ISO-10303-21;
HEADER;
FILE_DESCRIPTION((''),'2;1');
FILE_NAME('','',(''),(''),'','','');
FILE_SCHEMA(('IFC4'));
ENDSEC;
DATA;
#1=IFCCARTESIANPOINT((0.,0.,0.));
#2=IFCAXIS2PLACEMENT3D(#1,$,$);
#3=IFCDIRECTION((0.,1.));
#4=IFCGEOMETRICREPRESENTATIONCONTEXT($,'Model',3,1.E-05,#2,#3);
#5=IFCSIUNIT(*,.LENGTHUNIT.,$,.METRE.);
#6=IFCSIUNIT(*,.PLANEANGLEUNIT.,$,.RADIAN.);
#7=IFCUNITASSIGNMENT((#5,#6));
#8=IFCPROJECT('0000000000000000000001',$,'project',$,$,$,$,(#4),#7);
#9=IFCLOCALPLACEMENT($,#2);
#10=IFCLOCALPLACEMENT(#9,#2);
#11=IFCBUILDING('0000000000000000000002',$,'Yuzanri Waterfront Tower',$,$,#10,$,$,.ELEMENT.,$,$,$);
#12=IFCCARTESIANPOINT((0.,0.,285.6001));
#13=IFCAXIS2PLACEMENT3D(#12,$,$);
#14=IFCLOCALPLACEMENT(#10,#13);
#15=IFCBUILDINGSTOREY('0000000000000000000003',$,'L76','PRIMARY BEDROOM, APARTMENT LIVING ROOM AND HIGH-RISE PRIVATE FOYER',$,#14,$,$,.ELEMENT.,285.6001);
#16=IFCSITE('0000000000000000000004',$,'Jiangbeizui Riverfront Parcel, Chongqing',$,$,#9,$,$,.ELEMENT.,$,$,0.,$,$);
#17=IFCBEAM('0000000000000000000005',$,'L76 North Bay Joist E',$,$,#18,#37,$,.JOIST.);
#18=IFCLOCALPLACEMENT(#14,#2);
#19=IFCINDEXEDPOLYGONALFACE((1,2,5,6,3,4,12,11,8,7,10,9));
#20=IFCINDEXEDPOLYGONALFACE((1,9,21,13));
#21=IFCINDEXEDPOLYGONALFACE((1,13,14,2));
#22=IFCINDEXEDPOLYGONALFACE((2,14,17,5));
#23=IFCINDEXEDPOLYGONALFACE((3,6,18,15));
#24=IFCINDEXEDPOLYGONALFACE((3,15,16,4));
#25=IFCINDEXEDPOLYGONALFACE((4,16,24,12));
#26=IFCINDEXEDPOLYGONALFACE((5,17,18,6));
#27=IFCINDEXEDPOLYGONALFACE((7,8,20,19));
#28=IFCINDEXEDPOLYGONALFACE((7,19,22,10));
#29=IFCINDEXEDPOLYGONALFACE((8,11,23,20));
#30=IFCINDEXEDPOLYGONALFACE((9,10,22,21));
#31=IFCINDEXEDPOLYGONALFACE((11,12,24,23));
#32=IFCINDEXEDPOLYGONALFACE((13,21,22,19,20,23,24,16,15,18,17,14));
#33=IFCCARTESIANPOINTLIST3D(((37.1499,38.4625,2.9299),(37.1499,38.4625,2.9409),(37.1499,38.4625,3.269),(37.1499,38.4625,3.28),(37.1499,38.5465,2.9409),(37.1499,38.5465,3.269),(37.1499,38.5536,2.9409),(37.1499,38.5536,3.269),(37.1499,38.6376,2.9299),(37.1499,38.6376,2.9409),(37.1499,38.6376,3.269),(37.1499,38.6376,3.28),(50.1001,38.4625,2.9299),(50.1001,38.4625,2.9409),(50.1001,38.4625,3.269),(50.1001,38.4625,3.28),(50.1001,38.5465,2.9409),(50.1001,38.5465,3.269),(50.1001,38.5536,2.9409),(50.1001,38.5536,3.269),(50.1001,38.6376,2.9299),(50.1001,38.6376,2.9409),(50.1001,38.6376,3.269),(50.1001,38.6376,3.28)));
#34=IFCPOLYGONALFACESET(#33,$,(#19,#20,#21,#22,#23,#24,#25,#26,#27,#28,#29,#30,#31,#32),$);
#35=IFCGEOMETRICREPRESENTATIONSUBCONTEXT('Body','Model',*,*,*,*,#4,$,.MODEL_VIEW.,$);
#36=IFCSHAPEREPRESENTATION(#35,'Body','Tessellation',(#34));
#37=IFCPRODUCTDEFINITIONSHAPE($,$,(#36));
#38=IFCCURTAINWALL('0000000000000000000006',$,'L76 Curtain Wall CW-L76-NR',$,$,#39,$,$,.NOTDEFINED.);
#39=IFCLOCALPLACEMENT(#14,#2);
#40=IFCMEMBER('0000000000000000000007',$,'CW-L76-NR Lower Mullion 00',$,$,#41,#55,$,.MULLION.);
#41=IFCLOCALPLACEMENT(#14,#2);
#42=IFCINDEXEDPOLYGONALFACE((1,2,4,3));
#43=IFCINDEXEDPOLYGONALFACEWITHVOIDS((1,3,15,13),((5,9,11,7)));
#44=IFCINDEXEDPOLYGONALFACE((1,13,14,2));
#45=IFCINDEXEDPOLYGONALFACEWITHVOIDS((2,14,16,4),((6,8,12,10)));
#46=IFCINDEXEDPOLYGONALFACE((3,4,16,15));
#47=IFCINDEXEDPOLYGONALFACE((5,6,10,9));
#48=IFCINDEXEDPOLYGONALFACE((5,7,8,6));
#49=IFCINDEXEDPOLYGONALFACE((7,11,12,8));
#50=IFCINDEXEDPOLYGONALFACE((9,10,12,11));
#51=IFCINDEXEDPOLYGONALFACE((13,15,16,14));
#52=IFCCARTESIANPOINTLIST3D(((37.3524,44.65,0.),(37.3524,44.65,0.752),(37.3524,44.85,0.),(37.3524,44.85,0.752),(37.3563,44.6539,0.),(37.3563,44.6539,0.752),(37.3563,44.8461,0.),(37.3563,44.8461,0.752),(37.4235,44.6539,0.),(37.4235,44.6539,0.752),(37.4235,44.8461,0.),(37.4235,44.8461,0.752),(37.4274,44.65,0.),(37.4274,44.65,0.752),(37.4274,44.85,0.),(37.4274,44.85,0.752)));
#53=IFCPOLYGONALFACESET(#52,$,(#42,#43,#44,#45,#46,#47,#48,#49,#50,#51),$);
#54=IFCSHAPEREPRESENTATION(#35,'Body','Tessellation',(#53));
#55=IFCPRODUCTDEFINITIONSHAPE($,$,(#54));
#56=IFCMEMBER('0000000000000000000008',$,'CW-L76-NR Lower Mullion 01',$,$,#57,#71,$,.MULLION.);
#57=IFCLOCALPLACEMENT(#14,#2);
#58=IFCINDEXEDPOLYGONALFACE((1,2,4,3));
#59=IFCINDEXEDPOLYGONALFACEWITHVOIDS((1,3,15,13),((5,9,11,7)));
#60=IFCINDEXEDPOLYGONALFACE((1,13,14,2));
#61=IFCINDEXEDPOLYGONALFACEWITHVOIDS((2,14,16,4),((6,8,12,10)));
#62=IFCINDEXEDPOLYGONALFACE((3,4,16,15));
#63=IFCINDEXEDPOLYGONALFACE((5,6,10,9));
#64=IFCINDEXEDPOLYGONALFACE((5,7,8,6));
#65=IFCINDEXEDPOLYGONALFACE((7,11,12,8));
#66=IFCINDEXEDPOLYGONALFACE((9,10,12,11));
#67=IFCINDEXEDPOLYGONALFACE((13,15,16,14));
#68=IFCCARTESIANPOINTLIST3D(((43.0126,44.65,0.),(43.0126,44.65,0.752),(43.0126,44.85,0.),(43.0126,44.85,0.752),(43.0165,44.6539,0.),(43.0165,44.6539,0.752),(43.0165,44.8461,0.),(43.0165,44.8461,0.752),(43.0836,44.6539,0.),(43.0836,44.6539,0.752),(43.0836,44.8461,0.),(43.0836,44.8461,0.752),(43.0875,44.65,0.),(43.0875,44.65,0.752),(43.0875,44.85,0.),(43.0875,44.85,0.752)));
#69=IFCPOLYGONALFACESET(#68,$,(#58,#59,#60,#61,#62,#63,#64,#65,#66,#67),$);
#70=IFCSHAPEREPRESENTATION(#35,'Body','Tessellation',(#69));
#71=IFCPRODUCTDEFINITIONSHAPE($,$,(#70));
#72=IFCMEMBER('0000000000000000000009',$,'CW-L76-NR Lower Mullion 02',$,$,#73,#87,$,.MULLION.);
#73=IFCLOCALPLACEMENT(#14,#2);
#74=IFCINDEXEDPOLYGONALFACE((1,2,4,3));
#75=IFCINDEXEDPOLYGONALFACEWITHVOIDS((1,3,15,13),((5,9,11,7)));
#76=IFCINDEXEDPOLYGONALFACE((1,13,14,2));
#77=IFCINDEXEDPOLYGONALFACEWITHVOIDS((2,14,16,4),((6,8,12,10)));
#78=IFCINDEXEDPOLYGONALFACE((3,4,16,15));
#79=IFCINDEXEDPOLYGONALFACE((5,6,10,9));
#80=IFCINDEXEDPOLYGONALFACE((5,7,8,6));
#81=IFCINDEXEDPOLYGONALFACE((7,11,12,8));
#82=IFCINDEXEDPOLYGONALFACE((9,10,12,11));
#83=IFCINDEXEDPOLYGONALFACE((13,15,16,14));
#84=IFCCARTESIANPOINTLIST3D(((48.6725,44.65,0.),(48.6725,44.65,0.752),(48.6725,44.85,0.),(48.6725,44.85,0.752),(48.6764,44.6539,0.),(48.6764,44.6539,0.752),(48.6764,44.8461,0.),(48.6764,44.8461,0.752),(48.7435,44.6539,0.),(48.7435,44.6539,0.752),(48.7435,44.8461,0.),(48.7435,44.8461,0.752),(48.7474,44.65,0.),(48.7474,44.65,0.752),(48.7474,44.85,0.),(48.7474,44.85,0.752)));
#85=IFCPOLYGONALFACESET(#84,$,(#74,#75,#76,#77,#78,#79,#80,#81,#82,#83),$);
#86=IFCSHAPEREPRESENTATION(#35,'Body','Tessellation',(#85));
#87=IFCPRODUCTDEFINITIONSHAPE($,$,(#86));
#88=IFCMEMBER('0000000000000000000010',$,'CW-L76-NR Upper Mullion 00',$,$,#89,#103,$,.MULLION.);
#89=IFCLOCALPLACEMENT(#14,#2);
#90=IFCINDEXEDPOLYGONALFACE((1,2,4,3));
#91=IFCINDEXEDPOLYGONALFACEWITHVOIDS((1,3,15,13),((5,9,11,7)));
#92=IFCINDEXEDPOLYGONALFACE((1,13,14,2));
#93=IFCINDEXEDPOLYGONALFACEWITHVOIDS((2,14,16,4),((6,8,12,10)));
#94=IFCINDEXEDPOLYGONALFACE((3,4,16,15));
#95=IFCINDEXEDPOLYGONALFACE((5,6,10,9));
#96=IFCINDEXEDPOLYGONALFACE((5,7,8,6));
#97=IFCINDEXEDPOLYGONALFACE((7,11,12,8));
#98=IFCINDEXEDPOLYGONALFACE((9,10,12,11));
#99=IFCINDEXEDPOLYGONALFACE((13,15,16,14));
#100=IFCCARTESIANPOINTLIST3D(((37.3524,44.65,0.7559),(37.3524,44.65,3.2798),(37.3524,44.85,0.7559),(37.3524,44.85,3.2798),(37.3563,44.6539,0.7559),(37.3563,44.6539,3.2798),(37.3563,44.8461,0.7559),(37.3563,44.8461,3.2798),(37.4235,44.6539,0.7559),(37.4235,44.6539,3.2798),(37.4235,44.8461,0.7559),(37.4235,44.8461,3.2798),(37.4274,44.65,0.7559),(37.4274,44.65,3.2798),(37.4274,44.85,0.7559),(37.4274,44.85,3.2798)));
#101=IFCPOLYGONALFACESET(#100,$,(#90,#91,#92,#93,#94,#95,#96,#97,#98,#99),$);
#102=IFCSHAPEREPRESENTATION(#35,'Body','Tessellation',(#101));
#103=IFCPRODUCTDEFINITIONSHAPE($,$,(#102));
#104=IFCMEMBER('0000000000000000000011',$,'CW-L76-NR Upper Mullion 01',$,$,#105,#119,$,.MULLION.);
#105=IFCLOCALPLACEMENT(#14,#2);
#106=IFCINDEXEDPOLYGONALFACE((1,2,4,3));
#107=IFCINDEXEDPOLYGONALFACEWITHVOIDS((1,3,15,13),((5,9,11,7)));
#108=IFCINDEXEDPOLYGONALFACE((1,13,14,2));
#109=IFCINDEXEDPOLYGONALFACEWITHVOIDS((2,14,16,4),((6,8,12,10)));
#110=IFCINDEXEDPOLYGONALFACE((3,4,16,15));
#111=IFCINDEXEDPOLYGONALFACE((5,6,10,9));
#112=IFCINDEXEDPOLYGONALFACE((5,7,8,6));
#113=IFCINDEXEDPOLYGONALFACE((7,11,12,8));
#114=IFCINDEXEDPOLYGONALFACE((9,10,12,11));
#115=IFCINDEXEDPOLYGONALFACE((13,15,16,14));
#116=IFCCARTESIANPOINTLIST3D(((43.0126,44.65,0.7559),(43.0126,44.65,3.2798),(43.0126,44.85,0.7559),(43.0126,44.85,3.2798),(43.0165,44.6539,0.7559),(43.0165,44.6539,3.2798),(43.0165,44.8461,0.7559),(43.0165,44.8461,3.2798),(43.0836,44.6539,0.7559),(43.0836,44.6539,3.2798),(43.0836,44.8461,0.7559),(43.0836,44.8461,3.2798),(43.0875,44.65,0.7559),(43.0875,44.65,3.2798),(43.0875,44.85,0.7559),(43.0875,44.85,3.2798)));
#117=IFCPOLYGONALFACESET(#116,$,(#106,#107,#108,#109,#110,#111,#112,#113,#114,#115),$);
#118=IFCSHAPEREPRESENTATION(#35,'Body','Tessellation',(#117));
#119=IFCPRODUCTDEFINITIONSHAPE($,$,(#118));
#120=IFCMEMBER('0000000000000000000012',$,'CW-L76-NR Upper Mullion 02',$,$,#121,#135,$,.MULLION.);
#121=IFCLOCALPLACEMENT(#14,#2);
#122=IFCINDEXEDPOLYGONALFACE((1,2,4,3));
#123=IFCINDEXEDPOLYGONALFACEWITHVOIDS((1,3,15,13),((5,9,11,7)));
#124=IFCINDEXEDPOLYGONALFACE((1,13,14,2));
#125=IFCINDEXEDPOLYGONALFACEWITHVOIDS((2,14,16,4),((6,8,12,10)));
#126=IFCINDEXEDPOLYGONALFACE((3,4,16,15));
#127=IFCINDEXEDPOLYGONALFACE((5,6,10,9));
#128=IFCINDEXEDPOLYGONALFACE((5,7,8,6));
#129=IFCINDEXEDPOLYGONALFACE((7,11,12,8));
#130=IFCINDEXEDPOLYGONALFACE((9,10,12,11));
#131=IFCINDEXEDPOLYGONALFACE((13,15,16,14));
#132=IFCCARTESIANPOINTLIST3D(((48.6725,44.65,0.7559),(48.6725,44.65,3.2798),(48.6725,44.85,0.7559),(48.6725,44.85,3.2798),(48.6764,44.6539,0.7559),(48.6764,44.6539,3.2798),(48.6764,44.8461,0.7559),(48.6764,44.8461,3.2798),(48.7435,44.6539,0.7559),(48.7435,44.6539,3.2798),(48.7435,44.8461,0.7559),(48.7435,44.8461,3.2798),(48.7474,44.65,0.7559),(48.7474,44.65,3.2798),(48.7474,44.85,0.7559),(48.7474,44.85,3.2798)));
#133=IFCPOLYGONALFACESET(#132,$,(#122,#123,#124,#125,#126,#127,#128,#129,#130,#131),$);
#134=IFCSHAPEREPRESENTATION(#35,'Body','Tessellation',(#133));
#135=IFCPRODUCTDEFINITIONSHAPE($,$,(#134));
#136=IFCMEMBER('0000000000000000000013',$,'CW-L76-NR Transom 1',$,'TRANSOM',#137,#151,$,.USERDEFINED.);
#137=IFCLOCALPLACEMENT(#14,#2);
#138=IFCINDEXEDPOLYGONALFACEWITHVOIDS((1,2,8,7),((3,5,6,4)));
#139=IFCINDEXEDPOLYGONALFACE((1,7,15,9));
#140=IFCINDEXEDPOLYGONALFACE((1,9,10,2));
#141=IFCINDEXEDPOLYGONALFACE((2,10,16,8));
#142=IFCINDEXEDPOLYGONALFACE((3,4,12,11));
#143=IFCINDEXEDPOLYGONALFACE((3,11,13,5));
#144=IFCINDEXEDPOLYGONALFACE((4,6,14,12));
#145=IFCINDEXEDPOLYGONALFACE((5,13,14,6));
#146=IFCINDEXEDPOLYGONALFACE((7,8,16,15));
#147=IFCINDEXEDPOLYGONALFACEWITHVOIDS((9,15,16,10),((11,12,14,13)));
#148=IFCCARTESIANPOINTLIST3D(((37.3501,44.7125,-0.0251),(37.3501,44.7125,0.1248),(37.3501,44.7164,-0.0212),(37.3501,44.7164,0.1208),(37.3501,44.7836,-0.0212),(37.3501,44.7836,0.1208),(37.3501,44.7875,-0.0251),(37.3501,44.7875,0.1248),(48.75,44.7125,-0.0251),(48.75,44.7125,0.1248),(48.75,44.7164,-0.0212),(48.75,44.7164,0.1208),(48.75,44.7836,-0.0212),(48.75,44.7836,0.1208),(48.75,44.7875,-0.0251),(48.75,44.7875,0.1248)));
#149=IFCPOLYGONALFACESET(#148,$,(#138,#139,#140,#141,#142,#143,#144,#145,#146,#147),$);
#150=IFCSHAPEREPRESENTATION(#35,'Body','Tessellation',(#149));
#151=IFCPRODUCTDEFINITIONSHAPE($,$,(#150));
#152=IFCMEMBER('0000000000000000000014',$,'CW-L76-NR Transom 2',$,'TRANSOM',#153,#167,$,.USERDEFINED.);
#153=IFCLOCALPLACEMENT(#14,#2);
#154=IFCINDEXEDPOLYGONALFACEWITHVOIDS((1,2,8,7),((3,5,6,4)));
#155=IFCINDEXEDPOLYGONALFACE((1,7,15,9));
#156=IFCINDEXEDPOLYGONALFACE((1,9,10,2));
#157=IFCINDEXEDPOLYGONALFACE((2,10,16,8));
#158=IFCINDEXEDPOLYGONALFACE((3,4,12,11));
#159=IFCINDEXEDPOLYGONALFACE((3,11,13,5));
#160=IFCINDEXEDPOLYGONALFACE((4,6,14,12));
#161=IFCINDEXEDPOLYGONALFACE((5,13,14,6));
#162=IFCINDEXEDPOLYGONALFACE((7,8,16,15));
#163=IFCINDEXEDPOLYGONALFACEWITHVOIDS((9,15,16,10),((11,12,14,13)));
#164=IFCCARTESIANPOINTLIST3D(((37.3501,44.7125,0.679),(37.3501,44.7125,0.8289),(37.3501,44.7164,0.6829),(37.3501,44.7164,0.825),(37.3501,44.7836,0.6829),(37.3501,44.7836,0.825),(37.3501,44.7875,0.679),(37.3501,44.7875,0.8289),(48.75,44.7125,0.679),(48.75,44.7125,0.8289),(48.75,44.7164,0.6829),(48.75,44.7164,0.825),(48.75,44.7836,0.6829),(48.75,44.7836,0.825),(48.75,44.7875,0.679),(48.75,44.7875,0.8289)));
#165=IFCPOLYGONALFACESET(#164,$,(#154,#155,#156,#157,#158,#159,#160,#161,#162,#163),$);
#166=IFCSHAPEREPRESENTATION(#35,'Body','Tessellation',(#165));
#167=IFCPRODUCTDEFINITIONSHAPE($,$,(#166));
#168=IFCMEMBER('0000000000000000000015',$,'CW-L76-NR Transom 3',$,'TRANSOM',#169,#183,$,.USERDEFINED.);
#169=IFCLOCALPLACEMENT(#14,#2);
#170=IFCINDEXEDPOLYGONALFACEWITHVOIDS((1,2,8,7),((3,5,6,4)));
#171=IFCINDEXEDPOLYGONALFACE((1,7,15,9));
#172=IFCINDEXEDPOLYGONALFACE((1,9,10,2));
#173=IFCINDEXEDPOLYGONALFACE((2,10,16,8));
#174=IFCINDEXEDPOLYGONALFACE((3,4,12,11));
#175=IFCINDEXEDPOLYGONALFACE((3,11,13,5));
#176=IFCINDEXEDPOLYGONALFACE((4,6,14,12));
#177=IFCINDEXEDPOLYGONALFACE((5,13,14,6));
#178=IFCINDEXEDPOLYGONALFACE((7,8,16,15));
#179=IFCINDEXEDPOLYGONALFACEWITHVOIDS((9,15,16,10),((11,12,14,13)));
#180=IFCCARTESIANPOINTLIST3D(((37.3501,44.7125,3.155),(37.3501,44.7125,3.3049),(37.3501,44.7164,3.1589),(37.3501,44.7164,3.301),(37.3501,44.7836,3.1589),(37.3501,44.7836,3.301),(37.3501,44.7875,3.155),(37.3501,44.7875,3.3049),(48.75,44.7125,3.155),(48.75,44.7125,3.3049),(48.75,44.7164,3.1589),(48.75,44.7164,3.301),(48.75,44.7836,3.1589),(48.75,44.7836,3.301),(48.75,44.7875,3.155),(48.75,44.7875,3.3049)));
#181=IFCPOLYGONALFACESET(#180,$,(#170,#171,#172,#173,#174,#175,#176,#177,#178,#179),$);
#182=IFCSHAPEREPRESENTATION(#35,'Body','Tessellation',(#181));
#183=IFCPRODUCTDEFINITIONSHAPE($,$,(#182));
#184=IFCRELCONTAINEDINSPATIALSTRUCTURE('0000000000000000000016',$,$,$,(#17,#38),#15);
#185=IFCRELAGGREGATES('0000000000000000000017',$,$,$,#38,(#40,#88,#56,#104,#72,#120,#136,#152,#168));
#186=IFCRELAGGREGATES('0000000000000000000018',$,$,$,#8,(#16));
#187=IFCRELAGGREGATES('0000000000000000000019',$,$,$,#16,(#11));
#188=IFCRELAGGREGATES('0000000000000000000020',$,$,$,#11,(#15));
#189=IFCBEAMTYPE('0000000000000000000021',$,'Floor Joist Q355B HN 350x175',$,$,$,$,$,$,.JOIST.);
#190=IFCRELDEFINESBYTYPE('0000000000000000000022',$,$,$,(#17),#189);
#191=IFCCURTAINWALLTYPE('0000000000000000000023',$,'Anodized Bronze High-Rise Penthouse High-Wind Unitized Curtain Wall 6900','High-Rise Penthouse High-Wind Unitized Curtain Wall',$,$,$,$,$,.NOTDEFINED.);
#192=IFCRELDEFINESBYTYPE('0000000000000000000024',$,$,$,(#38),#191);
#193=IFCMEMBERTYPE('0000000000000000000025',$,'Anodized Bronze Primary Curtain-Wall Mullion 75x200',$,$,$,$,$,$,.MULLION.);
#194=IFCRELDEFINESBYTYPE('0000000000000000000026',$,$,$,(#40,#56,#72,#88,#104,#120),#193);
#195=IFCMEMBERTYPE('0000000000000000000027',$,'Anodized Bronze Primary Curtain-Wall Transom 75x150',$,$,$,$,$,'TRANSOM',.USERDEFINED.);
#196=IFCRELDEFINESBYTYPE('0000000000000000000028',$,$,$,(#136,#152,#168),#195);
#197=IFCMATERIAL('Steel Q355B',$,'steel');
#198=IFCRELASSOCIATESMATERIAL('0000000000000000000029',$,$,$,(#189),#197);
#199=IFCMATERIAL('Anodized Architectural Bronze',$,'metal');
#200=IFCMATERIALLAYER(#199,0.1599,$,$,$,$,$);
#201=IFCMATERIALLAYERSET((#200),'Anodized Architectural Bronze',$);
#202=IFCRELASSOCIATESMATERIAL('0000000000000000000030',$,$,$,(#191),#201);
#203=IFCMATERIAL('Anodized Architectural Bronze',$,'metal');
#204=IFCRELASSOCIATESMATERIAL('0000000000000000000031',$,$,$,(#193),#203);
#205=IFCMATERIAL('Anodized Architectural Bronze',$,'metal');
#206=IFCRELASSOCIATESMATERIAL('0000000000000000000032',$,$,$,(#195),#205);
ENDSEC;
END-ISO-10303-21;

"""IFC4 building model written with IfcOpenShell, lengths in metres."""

from ifc_helpers import new_model, si_unit, direction, frame, origin, origin_2d, place, context, subcontext, project, spatial, hollow_rectangle, i_section, extrude, source, transform, mapped, material, layer, layer_set, material_profile, profile_set, type_object, element, aggregate, save


model = new_model("IFC4")

# Units and contexts
model_context = context("Model", 3, precision=1e-05, world=origin(), true_north=direction((0.0, 1.0)))
body_context = subcontext(model_context, "Body", "Model", "MODEL_VIEW")
ifc_project = project(units=[si_unit("LENGTHUNIT", "METRE"), si_unit("PLANEANGLEUNIT", "RADIAN")], contexts=[model_context])

# Site, building, storey
site_placement = place(None, origin())
site = spatial("IfcSite", under=ifc_project, at=site_placement, Name="Jiangbeizui Riverfront Parcel, Chongqing", CompositionType="ELEMENT", RefElevation=0.0)
building_placement = place(site_placement, origin())
building = spatial("IfcBuilding", under=site, at=building_placement, Name="Yuzanri Waterfront Tower", CompositionType="ELEMENT")
storey_placement = place(building_placement, frame((0.0, 0.0, 285.6001)))
storey = spatial("IfcBuildingStorey", under=building, at=storey_placement, Name="L76", Description="PRIMARY BEDROOM, APARTMENT LIVING ROOM AND HIGH-RISE PRIVATE FOYER", CompositionType="ELEMENT", Elevation=285.6001)

# Beam
ifc_material_1 = material(Name="Steel Q355B", Category="steel")
ifc_material_profile_1 = material_profile(ifc_material_1, i_section(OverallWidth=0.175, OverallDepth=0.3501, WebThickness=0.0071, FlangeThickness=0.011, at=origin_2d()), Name="HN 350x175x7x11")
ifc_profile_set_1 = profile_set([ifc_material_profile_1], Name="Steel Q355B")
beam_type = type_object("IfcBeamType", Name="Floor Joist Q355B HN 350x175", PredefinedType="JOIST", material=ifc_profile_set_1)
shared_shape_1 = source(origin(), body_context, "Body", "SweptSolid", [
    extrude(i_section(OverallWidth=0.175, OverallDepth=0.3501, WebThickness=0.0071, FlangeThickness=0.011, at=origin_2d()), origin(), (0.0, 0.0, 1.0), 12.9502),
])
beam_placement = place(storey_placement, frame((37.1499, 38.55, 3.105), z_axis=(1.0, 0.0, 0.0), x_axis=(0.0, 1.0, 0.0)))
element("IfcBeam", 1, at=beam_placement, inside=storey, type_object=beam_type, Name="L76 North Bay Joist E", PredefinedType="JOIST", context=body_context, shape_type="MappedRepresentation", body=[
    mapped(shared_shape_1, transform((0.0, 0.0, 0.0), scale=1.0)),
])

# Curtain wall, members
ifc_material_2 = material(Name="Anodized Architectural Bronze", Category="metal")
ifc_layer_1 = layer(ifc_material_2, 0.1599)
ifc_layer_set_1 = layer_set([ifc_layer_1], Name="Anodized Architectural Bronze")
curtain_wall_type = type_object("IfcCurtainWallType", Name="Anodized Bronze High-Rise Penthouse High-Wind Unitized Curtain Wall 6900", Description="High-Rise Penthouse High-Wind Unitized Curtain Wall", PredefinedType="NOTDEFINED", material=ifc_layer_set_1)
curtain_wall_placement = place(storey_placement, origin())
curtain_wall = element("IfcCurtainWall", 2, at=curtain_wall_placement, inside=storey, type_object=curtain_wall_type, Name="L76 Curtain Wall CW-L76-NR", PredefinedType="NOTDEFINED")
ifc_material_3 = material(Name="Anodized Architectural Bronze", Category="metal")
ifc_material_profile_2 = material_profile(ifc_material_3, hollow_rectangle(XDim=0.075, YDim=0.2, WallThickness=0.0039, at=origin_2d()), Name="CWM 75x200")
ifc_profile_set_2 = profile_set([ifc_material_profile_2], Name="Anodized Architectural Bronze")
member_type_1 = type_object("IfcMemberType", Name="Anodized Bronze Primary Curtain-Wall Mullion 75x200", PredefinedType="MULLION", material=ifc_profile_set_2)
shared_shape_2 = source(origin(), body_context, "Body", "SweptSolid", [
    extrude(hollow_rectangle(XDim=0.075, YDim=0.2, WallThickness=0.0039, at=origin_2d()), origin(), (0.0, 0.0, 1.0), 0.752),
])
member_1_placement = place(storey_placement, frame((37.3899, 44.75, 0.0), z_axis=(0.0, 0.0, 1.0), x_axis=(1.0, 0.0, 0.0)))
member_1 = element("IfcMember", 3, at=member_1_placement, type_object=member_type_1, Name="CW-L76-NR Lower Mullion 00", PredefinedType="MULLION", context=body_context, shape_type="MappedRepresentation", body=[
    mapped(shared_shape_2, transform((0.0, 0.0, 0.0), scale=1.0)),
])
member_2_placement = place(storey_placement, frame((43.05, 44.75, 0.0), z_axis=(0.0, 0.0, 1.0), x_axis=(1.0, 0.0, 0.0)))
member_2 = element("IfcMember", 4, at=member_2_placement, type_object=member_type_1, Name="CW-L76-NR Lower Mullion 01", PredefinedType="MULLION", context=body_context, shape_type="MappedRepresentation", body=[
    mapped(shared_shape_2, transform((0.0, 0.0, 0.0), scale=1.0)),
])
member_3_placement = place(storey_placement, frame((48.71, 44.75, 0.0), z_axis=(0.0, 0.0, 1.0), x_axis=(1.0, 0.0, 0.0)))
member_3 = element("IfcMember", 5, at=member_3_placement, type_object=member_type_1, Name="CW-L76-NR Lower Mullion 02", PredefinedType="MULLION", context=body_context, shape_type="MappedRepresentation", body=[
    mapped(shared_shape_2, transform((0.0, 0.0, 0.0), scale=1.0)),
])
shared_shape_3 = source(origin(), body_context, "Body", "SweptSolid", [
    extrude(hollow_rectangle(XDim=0.075, YDim=0.2, WallThickness=0.0039, at=origin_2d()), origin(), (0.0, 0.0, 1.0), 2.5239),
])
member_4_placement = place(storey_placement, frame((37.3899, 44.75, 0.7559), z_axis=(0.0, 0.0, 1.0), x_axis=(1.0, 0.0, 0.0)))
member_4 = element("IfcMember", 6, at=member_4_placement, type_object=member_type_1, Name="CW-L76-NR Upper Mullion 00", PredefinedType="MULLION", context=body_context, shape_type="MappedRepresentation", body=[
    mapped(shared_shape_3, transform((0.0, 0.0, 0.0), scale=1.0)),
])
member_5_placement = place(storey_placement, frame((43.05, 44.75, 0.7559), z_axis=(0.0, 0.0, 1.0), x_axis=(1.0, 0.0, 0.0)))
member_5 = element("IfcMember", 7, at=member_5_placement, type_object=member_type_1, Name="CW-L76-NR Upper Mullion 01", PredefinedType="MULLION", context=body_context, shape_type="MappedRepresentation", body=[
    mapped(shared_shape_3, transform((0.0, 0.0, 0.0), scale=1.0)),
])
member_6_placement = place(storey_placement, frame((48.71, 44.75, 0.7559), z_axis=(0.0, 0.0, 1.0), x_axis=(1.0, 0.0, 0.0)))
member_6 = element("IfcMember", 8, at=member_6_placement, type_object=member_type_1, Name="CW-L76-NR Upper Mullion 02", PredefinedType="MULLION", context=body_context, shape_type="MappedRepresentation", body=[
    mapped(shared_shape_3, transform((0.0, 0.0, 0.0), scale=1.0)),
])
ifc_material_4 = material(Name="Anodized Architectural Bronze", Category="metal")
ifc_material_profile_3 = material_profile(ifc_material_4, hollow_rectangle(XDim=0.075, YDim=0.1499, WallThickness=0.0039, at=origin_2d()), Name="CWT 75x150")
ifc_profile_set_3 = profile_set([ifc_material_profile_3], Name="Anodized Architectural Bronze")
member_type_2 = type_object("IfcMemberType", Name="Anodized Bronze Primary Curtain-Wall Transom 75x150", ElementType="TRANSOM", PredefinedType="USERDEFINED", material=ifc_profile_set_3)
shared_shape_4 = source(origin(), body_context, "Body", "SweptSolid", [
    extrude(hollow_rectangle(XDim=0.075, YDim=0.1499, WallThickness=0.0039, at=origin_2d()), origin(), (0.0, 0.0, 1.0), 11.3999),
])
member_7_placement = place(storey_placement, frame((37.3501, 44.75, 0.0498), z_axis=(1.0, 0.0, 0.0), x_axis=(0.0, 1.0, 0.0)))
member_7 = element("IfcMember", 9, at=member_7_placement, type_object=member_type_2, Name="CW-L76-NR Transom 1", ObjectType="TRANSOM", PredefinedType="USERDEFINED", context=body_context, shape_type="MappedRepresentation", body=[
    mapped(shared_shape_4, transform((0.0, 0.0, 0.0), scale=1.0)),
])
member_8_placement = place(storey_placement, frame((37.3501, 44.75, 0.7539), z_axis=(1.0, 0.0, 0.0), x_axis=(0.0, 1.0, 0.0)))
member_8 = element("IfcMember", 10, at=member_8_placement, type_object=member_type_2, Name="CW-L76-NR Transom 2", ObjectType="TRANSOM", PredefinedType="USERDEFINED", context=body_context, shape_type="MappedRepresentation", body=[
    mapped(shared_shape_4, transform((0.0, 0.0, 0.0), scale=1.0)),
])
member_9_placement = place(storey_placement, frame((37.3501, 44.75, 3.23), z_axis=(1.0, 0.0, 0.0), x_axis=(0.0, 1.0, 0.0)))
member_9 = element("IfcMember", 11, at=member_9_placement, type_object=member_type_2, Name="CW-L76-NR Transom 3", ObjectType="TRANSOM", PredefinedType="USERDEFINED", context=body_context, shape_type="MappedRepresentation", body=[
    mapped(shared_shape_4, transform((0.0, 0.0, 0.0), scale=1.0)),
])
aggregate(curtain_wall, [member_1, member_4, member_2, member_5, member_3, member_6, member_7, member_8, member_9])

save(model, "model.ifc")
